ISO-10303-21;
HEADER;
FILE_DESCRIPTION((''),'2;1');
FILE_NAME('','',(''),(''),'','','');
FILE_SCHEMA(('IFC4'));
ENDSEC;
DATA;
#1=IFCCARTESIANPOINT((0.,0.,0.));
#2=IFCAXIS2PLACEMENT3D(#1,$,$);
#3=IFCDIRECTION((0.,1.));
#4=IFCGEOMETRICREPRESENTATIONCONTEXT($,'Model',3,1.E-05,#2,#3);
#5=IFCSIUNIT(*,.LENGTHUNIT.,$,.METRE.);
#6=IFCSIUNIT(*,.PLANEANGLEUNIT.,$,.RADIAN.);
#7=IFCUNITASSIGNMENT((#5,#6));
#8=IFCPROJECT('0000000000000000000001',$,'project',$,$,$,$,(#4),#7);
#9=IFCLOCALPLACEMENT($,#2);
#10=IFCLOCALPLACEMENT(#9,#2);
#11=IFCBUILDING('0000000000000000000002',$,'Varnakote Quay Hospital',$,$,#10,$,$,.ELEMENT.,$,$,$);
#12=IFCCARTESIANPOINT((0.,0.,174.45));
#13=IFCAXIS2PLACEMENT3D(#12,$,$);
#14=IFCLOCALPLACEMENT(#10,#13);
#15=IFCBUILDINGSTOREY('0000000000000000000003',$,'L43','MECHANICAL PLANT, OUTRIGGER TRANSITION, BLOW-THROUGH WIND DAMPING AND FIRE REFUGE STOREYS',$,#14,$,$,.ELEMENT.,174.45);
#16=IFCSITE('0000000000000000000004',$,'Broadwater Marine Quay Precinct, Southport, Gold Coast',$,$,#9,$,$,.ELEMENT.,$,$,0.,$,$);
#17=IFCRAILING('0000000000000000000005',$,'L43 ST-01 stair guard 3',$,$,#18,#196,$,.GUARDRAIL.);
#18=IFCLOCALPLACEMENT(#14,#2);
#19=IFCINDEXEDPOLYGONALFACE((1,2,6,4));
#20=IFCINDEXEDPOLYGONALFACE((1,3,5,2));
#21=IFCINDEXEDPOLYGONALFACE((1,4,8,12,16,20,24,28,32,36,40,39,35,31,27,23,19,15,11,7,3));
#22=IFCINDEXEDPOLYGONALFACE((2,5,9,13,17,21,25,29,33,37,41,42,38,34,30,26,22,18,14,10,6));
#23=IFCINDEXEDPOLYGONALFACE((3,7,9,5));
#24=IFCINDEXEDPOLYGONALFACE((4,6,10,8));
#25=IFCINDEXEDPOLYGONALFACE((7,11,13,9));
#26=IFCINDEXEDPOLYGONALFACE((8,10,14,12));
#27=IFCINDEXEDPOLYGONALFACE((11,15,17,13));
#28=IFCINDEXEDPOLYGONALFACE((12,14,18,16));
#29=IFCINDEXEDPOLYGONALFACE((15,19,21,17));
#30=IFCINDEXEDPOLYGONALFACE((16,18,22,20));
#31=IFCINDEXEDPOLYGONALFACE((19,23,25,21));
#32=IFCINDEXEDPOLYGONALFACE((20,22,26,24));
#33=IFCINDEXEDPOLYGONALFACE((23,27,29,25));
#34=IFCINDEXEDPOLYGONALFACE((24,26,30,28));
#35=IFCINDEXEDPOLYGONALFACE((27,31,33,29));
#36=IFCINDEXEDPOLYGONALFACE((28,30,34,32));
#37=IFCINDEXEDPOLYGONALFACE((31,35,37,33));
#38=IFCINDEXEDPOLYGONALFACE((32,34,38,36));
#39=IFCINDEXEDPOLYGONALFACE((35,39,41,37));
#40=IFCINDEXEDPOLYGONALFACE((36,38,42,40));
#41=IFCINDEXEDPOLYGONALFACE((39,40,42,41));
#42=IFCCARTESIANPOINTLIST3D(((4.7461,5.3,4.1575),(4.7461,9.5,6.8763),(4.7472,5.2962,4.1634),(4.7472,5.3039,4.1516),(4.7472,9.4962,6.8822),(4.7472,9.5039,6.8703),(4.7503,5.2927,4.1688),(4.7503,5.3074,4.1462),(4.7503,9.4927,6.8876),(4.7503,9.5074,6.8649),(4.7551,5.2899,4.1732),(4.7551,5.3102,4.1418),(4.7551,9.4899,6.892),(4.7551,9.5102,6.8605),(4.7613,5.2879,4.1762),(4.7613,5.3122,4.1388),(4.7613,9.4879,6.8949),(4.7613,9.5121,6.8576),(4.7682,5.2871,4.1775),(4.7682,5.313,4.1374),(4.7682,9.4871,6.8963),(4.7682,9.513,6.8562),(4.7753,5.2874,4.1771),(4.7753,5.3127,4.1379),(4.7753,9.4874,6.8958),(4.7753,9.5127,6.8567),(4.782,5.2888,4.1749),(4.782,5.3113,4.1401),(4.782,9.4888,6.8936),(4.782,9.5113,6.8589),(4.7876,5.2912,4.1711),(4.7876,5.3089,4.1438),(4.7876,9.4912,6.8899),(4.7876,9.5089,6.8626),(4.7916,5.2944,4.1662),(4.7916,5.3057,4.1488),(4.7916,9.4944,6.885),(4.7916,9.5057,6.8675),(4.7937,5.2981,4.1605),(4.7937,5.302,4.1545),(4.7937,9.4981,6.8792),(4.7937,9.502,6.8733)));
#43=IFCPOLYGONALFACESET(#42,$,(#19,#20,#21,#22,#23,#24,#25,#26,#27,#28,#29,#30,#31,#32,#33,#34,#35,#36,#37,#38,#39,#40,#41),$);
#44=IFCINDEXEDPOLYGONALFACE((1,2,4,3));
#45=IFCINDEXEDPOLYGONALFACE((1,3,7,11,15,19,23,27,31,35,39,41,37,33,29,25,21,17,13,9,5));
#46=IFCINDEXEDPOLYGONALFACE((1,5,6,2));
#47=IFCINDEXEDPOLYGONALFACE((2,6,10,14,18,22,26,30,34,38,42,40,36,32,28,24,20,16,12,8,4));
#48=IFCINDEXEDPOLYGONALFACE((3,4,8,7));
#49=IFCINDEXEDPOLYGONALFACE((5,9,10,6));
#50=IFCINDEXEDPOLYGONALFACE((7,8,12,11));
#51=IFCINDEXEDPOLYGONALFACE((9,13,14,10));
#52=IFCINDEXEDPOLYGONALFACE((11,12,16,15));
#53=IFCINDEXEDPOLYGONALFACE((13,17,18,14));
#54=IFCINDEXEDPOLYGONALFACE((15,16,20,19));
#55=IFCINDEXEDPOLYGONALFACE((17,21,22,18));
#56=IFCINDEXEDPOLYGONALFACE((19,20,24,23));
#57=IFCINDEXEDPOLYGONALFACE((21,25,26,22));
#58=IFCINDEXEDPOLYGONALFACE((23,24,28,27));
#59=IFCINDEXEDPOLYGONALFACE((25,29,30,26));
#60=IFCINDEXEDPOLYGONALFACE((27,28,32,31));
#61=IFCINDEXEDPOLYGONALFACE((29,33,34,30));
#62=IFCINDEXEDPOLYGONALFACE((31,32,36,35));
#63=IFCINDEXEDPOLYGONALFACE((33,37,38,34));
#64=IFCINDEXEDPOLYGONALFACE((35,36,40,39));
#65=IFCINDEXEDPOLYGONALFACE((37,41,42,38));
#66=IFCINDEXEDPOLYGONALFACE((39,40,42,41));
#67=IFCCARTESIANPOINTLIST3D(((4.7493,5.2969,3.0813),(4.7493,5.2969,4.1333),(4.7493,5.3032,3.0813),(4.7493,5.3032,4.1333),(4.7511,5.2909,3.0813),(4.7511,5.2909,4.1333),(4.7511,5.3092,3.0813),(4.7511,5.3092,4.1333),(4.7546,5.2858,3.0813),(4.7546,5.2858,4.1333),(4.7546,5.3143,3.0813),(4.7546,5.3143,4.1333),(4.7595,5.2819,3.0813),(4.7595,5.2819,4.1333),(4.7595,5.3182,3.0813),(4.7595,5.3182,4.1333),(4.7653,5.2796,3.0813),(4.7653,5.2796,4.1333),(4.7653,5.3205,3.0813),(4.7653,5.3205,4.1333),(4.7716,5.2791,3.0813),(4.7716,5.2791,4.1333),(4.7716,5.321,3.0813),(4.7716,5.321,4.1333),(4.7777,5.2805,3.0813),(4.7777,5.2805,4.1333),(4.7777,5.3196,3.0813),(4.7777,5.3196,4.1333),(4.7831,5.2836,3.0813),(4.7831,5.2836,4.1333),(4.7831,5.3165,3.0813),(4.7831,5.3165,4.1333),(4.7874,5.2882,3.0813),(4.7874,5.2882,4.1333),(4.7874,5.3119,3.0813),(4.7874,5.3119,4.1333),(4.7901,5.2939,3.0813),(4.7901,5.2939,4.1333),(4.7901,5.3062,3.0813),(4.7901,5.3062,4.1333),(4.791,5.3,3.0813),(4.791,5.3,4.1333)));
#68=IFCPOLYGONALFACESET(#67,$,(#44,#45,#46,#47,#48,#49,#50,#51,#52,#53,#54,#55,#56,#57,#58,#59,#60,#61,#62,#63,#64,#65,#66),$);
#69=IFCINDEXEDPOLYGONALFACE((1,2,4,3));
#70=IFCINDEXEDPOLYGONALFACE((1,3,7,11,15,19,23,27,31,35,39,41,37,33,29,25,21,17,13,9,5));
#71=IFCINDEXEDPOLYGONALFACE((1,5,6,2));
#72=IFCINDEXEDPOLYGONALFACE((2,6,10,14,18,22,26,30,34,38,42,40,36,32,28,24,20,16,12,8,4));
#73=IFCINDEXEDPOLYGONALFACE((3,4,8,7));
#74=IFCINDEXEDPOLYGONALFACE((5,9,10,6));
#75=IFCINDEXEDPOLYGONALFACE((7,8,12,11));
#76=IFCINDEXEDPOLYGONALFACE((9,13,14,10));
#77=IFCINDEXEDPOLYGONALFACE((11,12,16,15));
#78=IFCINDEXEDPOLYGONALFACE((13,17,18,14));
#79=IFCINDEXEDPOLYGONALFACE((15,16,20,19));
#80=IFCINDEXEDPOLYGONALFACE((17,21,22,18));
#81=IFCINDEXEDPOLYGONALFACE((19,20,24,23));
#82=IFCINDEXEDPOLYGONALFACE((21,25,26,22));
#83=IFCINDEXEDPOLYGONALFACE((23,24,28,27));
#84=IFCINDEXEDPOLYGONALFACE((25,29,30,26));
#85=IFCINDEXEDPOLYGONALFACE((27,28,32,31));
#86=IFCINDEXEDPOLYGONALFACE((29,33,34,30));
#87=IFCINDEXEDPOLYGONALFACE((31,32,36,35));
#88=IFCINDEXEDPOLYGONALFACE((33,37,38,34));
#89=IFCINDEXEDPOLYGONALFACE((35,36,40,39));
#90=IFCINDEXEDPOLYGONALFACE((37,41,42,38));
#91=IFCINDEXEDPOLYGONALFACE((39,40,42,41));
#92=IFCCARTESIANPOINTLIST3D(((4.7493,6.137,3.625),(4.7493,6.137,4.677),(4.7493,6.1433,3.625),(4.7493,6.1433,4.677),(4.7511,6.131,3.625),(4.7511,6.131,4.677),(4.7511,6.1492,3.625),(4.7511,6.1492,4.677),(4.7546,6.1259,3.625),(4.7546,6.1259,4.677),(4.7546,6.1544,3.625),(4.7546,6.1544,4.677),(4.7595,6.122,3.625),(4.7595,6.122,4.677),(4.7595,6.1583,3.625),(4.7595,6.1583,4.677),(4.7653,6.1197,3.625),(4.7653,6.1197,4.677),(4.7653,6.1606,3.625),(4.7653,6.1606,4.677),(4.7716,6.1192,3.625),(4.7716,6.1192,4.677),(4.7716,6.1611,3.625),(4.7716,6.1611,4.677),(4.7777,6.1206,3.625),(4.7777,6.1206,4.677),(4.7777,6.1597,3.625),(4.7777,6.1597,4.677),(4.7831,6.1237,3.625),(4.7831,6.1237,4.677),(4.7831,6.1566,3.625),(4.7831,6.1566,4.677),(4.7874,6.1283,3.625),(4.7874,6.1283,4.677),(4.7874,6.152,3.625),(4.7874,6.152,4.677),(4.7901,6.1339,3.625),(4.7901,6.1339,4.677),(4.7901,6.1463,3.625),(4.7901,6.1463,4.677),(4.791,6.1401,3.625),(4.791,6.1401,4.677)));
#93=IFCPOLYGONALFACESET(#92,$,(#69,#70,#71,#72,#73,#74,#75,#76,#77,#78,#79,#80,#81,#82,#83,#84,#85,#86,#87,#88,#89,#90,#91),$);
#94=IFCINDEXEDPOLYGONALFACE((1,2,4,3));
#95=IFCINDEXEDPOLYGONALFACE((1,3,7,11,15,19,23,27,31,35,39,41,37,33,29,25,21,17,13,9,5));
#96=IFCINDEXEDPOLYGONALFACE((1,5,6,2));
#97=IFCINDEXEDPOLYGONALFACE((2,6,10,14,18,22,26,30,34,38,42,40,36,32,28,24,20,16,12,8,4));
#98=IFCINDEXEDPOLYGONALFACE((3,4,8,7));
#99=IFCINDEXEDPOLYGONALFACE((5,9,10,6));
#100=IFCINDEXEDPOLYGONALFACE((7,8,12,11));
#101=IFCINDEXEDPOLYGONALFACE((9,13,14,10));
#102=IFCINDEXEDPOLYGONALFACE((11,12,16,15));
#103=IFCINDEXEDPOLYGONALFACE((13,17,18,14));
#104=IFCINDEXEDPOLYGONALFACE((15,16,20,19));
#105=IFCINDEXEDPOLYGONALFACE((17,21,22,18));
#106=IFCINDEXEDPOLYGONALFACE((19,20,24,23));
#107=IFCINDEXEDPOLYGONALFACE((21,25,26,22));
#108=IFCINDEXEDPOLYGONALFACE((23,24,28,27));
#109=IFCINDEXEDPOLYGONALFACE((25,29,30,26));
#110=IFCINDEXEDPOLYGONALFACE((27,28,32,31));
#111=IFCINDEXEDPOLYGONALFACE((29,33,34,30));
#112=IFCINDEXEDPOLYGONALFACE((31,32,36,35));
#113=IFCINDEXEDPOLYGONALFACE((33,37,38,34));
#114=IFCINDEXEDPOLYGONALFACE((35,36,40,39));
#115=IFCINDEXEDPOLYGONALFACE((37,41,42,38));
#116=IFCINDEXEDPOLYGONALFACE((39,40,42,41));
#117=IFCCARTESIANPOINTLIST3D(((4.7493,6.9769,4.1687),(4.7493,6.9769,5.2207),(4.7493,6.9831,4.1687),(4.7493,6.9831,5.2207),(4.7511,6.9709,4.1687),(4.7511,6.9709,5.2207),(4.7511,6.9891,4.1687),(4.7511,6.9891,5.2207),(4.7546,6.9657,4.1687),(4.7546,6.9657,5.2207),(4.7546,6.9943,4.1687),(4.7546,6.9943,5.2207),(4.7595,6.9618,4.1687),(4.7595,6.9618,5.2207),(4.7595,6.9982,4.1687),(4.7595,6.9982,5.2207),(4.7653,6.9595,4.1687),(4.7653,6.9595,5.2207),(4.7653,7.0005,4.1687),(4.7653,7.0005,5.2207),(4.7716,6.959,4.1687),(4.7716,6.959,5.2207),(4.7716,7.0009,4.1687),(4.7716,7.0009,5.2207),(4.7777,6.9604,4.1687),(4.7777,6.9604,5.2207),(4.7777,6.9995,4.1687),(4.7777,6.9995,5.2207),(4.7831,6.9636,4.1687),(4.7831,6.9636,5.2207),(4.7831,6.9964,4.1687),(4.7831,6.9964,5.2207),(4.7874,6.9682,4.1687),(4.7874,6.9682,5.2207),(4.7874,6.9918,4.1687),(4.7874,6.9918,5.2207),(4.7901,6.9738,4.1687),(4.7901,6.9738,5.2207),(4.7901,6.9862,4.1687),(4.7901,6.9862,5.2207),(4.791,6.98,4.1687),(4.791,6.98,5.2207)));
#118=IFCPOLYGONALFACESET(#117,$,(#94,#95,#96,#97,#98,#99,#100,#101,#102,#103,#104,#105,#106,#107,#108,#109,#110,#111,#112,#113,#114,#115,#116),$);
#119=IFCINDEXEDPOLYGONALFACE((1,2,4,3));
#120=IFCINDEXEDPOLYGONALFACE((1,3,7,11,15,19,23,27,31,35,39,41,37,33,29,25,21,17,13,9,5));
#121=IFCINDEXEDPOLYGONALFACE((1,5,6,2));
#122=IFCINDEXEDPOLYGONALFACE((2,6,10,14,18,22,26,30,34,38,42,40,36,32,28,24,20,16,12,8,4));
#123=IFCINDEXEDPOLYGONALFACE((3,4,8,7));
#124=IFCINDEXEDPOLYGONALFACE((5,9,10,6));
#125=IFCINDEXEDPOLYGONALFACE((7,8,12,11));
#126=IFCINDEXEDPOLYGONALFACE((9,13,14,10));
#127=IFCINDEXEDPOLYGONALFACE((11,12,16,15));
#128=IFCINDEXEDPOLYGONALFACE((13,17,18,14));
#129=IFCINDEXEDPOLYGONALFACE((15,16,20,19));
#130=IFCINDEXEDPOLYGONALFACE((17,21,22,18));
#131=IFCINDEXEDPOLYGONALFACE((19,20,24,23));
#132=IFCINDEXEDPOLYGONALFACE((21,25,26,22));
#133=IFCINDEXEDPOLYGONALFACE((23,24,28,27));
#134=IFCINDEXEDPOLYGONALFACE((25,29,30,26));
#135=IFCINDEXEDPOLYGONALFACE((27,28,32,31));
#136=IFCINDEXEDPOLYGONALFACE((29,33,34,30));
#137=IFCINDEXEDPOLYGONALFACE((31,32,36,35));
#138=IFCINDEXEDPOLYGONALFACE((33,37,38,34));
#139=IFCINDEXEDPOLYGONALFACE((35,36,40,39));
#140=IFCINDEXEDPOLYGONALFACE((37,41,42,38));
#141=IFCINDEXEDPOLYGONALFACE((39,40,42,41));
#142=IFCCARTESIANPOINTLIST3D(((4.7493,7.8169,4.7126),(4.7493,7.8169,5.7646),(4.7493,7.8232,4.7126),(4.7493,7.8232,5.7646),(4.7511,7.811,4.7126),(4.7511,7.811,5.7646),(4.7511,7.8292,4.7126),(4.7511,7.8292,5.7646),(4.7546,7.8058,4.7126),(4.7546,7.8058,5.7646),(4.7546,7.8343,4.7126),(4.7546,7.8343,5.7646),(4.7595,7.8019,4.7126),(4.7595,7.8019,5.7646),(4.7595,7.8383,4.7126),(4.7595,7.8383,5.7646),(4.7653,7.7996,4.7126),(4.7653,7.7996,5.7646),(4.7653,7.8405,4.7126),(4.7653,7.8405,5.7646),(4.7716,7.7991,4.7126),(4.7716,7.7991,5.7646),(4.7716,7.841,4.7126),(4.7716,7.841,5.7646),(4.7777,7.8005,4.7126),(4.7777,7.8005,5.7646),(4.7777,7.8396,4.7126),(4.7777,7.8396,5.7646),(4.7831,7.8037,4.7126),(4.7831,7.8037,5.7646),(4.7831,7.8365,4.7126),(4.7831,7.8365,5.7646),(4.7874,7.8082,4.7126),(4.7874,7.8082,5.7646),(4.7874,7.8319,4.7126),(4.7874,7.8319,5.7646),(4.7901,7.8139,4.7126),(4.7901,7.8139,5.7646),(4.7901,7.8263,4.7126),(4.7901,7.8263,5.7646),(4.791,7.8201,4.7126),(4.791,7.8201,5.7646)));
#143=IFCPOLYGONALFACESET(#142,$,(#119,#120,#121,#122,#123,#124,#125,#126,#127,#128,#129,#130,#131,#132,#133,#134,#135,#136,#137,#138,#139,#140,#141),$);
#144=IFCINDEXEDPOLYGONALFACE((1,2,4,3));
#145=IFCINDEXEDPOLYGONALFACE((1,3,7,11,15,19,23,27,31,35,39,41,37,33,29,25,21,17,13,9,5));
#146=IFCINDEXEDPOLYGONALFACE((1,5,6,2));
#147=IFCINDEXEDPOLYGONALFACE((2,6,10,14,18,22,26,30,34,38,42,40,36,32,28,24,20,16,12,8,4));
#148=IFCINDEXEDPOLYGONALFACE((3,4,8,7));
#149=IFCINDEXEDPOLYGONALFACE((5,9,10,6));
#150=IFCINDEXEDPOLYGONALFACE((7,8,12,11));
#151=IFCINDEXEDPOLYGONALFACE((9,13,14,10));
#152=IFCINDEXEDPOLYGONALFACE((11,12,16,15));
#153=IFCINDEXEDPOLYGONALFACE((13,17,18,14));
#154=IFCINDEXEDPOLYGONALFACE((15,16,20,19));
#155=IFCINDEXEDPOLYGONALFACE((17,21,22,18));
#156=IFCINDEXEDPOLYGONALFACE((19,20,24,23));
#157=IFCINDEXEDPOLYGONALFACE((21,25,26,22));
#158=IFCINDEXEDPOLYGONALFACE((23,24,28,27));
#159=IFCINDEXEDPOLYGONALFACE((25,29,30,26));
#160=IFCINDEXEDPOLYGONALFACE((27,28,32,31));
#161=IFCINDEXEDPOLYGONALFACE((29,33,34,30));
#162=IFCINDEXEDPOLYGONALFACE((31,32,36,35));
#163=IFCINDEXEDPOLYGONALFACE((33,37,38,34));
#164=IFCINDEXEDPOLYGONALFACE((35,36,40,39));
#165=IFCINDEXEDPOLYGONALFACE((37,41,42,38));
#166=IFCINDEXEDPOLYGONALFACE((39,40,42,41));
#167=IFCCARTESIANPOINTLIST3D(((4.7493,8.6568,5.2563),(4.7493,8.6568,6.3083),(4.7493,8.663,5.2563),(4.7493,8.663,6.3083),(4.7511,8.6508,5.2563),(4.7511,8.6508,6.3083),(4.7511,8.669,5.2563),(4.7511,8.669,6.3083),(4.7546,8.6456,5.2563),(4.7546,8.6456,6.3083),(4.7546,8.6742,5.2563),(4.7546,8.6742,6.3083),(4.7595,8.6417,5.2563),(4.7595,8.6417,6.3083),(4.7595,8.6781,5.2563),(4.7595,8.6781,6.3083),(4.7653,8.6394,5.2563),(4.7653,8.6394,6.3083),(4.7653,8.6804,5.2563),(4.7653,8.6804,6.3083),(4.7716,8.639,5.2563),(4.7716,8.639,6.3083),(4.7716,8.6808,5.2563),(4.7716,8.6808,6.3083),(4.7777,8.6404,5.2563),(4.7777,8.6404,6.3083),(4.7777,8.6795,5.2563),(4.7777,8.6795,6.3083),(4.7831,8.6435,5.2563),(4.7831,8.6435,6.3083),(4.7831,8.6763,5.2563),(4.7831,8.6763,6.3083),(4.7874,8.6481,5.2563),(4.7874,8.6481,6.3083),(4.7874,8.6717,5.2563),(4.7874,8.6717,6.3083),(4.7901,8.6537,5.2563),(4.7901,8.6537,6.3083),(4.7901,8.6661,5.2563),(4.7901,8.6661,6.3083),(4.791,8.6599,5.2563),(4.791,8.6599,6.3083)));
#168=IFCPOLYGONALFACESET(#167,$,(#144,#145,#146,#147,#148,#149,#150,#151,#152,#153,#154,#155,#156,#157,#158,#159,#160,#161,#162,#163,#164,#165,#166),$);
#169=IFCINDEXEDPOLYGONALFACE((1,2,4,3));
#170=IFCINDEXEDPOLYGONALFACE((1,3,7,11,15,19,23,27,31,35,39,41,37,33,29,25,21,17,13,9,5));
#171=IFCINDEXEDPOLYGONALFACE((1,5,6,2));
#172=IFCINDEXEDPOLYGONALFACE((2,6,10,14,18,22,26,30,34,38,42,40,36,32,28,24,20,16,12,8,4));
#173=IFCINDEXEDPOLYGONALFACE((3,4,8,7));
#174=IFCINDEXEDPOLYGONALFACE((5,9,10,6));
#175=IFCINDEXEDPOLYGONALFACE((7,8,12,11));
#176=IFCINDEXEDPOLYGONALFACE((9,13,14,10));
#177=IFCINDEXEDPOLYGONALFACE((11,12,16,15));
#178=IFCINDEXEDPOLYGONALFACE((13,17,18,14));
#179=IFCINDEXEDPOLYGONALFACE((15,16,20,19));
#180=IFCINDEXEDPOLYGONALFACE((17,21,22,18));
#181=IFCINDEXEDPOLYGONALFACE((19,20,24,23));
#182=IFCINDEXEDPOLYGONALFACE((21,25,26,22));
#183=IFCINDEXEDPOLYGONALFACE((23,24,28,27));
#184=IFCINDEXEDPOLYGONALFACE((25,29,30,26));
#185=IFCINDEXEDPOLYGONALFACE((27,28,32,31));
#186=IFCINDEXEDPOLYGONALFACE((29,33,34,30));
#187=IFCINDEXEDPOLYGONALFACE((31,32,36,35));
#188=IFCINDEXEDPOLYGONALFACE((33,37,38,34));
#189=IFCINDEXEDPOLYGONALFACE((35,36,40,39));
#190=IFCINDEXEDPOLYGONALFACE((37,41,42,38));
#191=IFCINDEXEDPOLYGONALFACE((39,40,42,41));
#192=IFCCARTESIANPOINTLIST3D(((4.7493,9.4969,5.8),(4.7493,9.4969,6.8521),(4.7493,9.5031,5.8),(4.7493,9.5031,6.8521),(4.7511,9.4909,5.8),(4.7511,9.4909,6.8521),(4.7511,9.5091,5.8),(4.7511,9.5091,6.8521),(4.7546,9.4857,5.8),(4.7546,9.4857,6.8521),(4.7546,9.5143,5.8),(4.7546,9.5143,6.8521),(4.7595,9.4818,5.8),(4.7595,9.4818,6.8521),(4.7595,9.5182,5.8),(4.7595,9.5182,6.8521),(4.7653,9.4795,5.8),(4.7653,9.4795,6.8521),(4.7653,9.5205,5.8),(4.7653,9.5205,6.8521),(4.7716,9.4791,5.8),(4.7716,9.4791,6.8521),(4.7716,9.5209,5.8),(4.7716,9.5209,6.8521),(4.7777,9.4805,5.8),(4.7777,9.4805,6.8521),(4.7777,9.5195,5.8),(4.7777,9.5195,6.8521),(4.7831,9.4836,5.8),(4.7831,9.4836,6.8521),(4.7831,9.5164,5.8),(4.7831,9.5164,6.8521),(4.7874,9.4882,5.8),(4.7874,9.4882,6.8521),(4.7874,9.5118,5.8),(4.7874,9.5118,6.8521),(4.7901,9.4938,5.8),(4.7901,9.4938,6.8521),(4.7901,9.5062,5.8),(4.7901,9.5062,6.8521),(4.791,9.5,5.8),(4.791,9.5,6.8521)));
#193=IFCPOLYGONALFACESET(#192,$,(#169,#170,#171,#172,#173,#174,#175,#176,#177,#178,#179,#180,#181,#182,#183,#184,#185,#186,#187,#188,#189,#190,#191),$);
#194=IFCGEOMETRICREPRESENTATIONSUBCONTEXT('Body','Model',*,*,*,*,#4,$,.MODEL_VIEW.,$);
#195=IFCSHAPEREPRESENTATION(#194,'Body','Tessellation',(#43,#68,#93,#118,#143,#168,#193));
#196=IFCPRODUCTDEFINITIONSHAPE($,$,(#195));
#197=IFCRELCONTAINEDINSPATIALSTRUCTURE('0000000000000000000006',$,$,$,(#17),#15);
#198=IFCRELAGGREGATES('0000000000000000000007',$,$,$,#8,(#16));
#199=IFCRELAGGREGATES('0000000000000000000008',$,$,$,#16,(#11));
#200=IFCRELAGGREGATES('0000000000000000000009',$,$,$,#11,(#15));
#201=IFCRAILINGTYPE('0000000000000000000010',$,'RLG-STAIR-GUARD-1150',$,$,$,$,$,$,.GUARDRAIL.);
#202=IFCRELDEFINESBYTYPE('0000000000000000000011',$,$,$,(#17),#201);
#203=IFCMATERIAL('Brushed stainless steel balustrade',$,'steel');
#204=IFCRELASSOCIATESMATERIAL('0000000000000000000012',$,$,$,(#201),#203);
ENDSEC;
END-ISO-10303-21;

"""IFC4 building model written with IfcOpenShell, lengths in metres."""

from ifc_helpers import new_model, si_unit, direction, frame, origin, origin_2d, place, context, subcontext, project, spatial, circle, extrude, material, type_object, element, save


model = new_model("IFC4")

# Units and contexts
model_context = context("Model", 3, precision=1e-05, world=origin(), true_north=direction((0.0, 1.0)))
body_context = subcontext(model_context, "Body", "Model", "MODEL_VIEW")
ifc_project = project(units=[si_unit("LENGTHUNIT", "METRE"), si_unit("PLANEANGLEUNIT", "RADIAN")], contexts=[model_context])

# Site, building, storey
site_placement = place(None, origin())
site = spatial("IfcSite", under=ifc_project, at=site_placement, Name="Broadwater Marine Quay Precinct, Southport, Gold Coast", CompositionType="ELEMENT", RefElevation=0.0)
building_placement = place(site_placement, origin())
building = spatial("IfcBuilding", under=site, at=building_placement, Name="Varnakote Quay Hospital", CompositionType="ELEMENT")
storey_placement = place(building_placement, frame((0.0, 0.0, 174.45)))
storey = spatial("IfcBuildingStorey", under=building, at=storey_placement, Name="L43", Description="MECHANICAL PLANT, OUTRIGGER TRANSITION, BLOW-THROUGH WIND DAMPING AND FIRE REFUGE STOREYS", CompositionType="ELEMENT", Elevation=174.45)

# Railing
ifc_material_1 = material(Name="Brushed stainless steel balustrade", Category="steel")
railing_type_1 = type_object("IfcRailingType", Name="RLG-STAIR-GUARD-1150", PredefinedType="GUARDRAIL", material=ifc_material_1)
railing_1_placement = place(storey_placement, frame((4.77, 5.3, 3.0813)))
element("IfcRailing", 1, at=railing_1_placement, inside=storey, type_object=railing_type_1, Name="L43 ST-01 stair guard 3", PredefinedType="GUARDRAIL", context=body_context, shape_type="SweptSolid", body=[
    extrude(circle(Radius=0.0239, at=origin_2d()), frame((0.0, 0.0, 1.0762), z_axis=(0.0, 0.839467, 0.543411), x_axis=(-1.0, 0.0, 0.0)), (0.0, 0.0, 1.0), 5.0032),
    extrude(circle(Radius=0.021, at=origin_2d()), origin(), (0.0, 0.0, 1.0), 1.052),
    extrude(circle(Radius=0.021, at=origin_2d()), frame((0.0, 0.8401, 0.5437)), (0.0, 0.0, 1.0), 1.052),
    extrude(circle(Radius=0.021, at=origin_2d()), frame((0.0, 1.6799, 1.0874)), (0.0, 0.0, 1.0), 1.052),
    extrude(circle(Radius=0.021, at=origin_2d()), frame((0.0, 2.52, 1.6313)), (0.0, 0.0, 1.0), 1.052),
    extrude(circle(Radius=0.021, at=origin_2d()), frame((0.0, 3.3599, 2.175)), (0.0, 0.0, 1.0), 1.052),
    extrude(circle(Radius=0.021, at=origin_2d()), frame((0.0, 4.2, 2.7188)), (0.0, 0.0, 1.0), 1.052),
])

save(model, "model.ifc")
